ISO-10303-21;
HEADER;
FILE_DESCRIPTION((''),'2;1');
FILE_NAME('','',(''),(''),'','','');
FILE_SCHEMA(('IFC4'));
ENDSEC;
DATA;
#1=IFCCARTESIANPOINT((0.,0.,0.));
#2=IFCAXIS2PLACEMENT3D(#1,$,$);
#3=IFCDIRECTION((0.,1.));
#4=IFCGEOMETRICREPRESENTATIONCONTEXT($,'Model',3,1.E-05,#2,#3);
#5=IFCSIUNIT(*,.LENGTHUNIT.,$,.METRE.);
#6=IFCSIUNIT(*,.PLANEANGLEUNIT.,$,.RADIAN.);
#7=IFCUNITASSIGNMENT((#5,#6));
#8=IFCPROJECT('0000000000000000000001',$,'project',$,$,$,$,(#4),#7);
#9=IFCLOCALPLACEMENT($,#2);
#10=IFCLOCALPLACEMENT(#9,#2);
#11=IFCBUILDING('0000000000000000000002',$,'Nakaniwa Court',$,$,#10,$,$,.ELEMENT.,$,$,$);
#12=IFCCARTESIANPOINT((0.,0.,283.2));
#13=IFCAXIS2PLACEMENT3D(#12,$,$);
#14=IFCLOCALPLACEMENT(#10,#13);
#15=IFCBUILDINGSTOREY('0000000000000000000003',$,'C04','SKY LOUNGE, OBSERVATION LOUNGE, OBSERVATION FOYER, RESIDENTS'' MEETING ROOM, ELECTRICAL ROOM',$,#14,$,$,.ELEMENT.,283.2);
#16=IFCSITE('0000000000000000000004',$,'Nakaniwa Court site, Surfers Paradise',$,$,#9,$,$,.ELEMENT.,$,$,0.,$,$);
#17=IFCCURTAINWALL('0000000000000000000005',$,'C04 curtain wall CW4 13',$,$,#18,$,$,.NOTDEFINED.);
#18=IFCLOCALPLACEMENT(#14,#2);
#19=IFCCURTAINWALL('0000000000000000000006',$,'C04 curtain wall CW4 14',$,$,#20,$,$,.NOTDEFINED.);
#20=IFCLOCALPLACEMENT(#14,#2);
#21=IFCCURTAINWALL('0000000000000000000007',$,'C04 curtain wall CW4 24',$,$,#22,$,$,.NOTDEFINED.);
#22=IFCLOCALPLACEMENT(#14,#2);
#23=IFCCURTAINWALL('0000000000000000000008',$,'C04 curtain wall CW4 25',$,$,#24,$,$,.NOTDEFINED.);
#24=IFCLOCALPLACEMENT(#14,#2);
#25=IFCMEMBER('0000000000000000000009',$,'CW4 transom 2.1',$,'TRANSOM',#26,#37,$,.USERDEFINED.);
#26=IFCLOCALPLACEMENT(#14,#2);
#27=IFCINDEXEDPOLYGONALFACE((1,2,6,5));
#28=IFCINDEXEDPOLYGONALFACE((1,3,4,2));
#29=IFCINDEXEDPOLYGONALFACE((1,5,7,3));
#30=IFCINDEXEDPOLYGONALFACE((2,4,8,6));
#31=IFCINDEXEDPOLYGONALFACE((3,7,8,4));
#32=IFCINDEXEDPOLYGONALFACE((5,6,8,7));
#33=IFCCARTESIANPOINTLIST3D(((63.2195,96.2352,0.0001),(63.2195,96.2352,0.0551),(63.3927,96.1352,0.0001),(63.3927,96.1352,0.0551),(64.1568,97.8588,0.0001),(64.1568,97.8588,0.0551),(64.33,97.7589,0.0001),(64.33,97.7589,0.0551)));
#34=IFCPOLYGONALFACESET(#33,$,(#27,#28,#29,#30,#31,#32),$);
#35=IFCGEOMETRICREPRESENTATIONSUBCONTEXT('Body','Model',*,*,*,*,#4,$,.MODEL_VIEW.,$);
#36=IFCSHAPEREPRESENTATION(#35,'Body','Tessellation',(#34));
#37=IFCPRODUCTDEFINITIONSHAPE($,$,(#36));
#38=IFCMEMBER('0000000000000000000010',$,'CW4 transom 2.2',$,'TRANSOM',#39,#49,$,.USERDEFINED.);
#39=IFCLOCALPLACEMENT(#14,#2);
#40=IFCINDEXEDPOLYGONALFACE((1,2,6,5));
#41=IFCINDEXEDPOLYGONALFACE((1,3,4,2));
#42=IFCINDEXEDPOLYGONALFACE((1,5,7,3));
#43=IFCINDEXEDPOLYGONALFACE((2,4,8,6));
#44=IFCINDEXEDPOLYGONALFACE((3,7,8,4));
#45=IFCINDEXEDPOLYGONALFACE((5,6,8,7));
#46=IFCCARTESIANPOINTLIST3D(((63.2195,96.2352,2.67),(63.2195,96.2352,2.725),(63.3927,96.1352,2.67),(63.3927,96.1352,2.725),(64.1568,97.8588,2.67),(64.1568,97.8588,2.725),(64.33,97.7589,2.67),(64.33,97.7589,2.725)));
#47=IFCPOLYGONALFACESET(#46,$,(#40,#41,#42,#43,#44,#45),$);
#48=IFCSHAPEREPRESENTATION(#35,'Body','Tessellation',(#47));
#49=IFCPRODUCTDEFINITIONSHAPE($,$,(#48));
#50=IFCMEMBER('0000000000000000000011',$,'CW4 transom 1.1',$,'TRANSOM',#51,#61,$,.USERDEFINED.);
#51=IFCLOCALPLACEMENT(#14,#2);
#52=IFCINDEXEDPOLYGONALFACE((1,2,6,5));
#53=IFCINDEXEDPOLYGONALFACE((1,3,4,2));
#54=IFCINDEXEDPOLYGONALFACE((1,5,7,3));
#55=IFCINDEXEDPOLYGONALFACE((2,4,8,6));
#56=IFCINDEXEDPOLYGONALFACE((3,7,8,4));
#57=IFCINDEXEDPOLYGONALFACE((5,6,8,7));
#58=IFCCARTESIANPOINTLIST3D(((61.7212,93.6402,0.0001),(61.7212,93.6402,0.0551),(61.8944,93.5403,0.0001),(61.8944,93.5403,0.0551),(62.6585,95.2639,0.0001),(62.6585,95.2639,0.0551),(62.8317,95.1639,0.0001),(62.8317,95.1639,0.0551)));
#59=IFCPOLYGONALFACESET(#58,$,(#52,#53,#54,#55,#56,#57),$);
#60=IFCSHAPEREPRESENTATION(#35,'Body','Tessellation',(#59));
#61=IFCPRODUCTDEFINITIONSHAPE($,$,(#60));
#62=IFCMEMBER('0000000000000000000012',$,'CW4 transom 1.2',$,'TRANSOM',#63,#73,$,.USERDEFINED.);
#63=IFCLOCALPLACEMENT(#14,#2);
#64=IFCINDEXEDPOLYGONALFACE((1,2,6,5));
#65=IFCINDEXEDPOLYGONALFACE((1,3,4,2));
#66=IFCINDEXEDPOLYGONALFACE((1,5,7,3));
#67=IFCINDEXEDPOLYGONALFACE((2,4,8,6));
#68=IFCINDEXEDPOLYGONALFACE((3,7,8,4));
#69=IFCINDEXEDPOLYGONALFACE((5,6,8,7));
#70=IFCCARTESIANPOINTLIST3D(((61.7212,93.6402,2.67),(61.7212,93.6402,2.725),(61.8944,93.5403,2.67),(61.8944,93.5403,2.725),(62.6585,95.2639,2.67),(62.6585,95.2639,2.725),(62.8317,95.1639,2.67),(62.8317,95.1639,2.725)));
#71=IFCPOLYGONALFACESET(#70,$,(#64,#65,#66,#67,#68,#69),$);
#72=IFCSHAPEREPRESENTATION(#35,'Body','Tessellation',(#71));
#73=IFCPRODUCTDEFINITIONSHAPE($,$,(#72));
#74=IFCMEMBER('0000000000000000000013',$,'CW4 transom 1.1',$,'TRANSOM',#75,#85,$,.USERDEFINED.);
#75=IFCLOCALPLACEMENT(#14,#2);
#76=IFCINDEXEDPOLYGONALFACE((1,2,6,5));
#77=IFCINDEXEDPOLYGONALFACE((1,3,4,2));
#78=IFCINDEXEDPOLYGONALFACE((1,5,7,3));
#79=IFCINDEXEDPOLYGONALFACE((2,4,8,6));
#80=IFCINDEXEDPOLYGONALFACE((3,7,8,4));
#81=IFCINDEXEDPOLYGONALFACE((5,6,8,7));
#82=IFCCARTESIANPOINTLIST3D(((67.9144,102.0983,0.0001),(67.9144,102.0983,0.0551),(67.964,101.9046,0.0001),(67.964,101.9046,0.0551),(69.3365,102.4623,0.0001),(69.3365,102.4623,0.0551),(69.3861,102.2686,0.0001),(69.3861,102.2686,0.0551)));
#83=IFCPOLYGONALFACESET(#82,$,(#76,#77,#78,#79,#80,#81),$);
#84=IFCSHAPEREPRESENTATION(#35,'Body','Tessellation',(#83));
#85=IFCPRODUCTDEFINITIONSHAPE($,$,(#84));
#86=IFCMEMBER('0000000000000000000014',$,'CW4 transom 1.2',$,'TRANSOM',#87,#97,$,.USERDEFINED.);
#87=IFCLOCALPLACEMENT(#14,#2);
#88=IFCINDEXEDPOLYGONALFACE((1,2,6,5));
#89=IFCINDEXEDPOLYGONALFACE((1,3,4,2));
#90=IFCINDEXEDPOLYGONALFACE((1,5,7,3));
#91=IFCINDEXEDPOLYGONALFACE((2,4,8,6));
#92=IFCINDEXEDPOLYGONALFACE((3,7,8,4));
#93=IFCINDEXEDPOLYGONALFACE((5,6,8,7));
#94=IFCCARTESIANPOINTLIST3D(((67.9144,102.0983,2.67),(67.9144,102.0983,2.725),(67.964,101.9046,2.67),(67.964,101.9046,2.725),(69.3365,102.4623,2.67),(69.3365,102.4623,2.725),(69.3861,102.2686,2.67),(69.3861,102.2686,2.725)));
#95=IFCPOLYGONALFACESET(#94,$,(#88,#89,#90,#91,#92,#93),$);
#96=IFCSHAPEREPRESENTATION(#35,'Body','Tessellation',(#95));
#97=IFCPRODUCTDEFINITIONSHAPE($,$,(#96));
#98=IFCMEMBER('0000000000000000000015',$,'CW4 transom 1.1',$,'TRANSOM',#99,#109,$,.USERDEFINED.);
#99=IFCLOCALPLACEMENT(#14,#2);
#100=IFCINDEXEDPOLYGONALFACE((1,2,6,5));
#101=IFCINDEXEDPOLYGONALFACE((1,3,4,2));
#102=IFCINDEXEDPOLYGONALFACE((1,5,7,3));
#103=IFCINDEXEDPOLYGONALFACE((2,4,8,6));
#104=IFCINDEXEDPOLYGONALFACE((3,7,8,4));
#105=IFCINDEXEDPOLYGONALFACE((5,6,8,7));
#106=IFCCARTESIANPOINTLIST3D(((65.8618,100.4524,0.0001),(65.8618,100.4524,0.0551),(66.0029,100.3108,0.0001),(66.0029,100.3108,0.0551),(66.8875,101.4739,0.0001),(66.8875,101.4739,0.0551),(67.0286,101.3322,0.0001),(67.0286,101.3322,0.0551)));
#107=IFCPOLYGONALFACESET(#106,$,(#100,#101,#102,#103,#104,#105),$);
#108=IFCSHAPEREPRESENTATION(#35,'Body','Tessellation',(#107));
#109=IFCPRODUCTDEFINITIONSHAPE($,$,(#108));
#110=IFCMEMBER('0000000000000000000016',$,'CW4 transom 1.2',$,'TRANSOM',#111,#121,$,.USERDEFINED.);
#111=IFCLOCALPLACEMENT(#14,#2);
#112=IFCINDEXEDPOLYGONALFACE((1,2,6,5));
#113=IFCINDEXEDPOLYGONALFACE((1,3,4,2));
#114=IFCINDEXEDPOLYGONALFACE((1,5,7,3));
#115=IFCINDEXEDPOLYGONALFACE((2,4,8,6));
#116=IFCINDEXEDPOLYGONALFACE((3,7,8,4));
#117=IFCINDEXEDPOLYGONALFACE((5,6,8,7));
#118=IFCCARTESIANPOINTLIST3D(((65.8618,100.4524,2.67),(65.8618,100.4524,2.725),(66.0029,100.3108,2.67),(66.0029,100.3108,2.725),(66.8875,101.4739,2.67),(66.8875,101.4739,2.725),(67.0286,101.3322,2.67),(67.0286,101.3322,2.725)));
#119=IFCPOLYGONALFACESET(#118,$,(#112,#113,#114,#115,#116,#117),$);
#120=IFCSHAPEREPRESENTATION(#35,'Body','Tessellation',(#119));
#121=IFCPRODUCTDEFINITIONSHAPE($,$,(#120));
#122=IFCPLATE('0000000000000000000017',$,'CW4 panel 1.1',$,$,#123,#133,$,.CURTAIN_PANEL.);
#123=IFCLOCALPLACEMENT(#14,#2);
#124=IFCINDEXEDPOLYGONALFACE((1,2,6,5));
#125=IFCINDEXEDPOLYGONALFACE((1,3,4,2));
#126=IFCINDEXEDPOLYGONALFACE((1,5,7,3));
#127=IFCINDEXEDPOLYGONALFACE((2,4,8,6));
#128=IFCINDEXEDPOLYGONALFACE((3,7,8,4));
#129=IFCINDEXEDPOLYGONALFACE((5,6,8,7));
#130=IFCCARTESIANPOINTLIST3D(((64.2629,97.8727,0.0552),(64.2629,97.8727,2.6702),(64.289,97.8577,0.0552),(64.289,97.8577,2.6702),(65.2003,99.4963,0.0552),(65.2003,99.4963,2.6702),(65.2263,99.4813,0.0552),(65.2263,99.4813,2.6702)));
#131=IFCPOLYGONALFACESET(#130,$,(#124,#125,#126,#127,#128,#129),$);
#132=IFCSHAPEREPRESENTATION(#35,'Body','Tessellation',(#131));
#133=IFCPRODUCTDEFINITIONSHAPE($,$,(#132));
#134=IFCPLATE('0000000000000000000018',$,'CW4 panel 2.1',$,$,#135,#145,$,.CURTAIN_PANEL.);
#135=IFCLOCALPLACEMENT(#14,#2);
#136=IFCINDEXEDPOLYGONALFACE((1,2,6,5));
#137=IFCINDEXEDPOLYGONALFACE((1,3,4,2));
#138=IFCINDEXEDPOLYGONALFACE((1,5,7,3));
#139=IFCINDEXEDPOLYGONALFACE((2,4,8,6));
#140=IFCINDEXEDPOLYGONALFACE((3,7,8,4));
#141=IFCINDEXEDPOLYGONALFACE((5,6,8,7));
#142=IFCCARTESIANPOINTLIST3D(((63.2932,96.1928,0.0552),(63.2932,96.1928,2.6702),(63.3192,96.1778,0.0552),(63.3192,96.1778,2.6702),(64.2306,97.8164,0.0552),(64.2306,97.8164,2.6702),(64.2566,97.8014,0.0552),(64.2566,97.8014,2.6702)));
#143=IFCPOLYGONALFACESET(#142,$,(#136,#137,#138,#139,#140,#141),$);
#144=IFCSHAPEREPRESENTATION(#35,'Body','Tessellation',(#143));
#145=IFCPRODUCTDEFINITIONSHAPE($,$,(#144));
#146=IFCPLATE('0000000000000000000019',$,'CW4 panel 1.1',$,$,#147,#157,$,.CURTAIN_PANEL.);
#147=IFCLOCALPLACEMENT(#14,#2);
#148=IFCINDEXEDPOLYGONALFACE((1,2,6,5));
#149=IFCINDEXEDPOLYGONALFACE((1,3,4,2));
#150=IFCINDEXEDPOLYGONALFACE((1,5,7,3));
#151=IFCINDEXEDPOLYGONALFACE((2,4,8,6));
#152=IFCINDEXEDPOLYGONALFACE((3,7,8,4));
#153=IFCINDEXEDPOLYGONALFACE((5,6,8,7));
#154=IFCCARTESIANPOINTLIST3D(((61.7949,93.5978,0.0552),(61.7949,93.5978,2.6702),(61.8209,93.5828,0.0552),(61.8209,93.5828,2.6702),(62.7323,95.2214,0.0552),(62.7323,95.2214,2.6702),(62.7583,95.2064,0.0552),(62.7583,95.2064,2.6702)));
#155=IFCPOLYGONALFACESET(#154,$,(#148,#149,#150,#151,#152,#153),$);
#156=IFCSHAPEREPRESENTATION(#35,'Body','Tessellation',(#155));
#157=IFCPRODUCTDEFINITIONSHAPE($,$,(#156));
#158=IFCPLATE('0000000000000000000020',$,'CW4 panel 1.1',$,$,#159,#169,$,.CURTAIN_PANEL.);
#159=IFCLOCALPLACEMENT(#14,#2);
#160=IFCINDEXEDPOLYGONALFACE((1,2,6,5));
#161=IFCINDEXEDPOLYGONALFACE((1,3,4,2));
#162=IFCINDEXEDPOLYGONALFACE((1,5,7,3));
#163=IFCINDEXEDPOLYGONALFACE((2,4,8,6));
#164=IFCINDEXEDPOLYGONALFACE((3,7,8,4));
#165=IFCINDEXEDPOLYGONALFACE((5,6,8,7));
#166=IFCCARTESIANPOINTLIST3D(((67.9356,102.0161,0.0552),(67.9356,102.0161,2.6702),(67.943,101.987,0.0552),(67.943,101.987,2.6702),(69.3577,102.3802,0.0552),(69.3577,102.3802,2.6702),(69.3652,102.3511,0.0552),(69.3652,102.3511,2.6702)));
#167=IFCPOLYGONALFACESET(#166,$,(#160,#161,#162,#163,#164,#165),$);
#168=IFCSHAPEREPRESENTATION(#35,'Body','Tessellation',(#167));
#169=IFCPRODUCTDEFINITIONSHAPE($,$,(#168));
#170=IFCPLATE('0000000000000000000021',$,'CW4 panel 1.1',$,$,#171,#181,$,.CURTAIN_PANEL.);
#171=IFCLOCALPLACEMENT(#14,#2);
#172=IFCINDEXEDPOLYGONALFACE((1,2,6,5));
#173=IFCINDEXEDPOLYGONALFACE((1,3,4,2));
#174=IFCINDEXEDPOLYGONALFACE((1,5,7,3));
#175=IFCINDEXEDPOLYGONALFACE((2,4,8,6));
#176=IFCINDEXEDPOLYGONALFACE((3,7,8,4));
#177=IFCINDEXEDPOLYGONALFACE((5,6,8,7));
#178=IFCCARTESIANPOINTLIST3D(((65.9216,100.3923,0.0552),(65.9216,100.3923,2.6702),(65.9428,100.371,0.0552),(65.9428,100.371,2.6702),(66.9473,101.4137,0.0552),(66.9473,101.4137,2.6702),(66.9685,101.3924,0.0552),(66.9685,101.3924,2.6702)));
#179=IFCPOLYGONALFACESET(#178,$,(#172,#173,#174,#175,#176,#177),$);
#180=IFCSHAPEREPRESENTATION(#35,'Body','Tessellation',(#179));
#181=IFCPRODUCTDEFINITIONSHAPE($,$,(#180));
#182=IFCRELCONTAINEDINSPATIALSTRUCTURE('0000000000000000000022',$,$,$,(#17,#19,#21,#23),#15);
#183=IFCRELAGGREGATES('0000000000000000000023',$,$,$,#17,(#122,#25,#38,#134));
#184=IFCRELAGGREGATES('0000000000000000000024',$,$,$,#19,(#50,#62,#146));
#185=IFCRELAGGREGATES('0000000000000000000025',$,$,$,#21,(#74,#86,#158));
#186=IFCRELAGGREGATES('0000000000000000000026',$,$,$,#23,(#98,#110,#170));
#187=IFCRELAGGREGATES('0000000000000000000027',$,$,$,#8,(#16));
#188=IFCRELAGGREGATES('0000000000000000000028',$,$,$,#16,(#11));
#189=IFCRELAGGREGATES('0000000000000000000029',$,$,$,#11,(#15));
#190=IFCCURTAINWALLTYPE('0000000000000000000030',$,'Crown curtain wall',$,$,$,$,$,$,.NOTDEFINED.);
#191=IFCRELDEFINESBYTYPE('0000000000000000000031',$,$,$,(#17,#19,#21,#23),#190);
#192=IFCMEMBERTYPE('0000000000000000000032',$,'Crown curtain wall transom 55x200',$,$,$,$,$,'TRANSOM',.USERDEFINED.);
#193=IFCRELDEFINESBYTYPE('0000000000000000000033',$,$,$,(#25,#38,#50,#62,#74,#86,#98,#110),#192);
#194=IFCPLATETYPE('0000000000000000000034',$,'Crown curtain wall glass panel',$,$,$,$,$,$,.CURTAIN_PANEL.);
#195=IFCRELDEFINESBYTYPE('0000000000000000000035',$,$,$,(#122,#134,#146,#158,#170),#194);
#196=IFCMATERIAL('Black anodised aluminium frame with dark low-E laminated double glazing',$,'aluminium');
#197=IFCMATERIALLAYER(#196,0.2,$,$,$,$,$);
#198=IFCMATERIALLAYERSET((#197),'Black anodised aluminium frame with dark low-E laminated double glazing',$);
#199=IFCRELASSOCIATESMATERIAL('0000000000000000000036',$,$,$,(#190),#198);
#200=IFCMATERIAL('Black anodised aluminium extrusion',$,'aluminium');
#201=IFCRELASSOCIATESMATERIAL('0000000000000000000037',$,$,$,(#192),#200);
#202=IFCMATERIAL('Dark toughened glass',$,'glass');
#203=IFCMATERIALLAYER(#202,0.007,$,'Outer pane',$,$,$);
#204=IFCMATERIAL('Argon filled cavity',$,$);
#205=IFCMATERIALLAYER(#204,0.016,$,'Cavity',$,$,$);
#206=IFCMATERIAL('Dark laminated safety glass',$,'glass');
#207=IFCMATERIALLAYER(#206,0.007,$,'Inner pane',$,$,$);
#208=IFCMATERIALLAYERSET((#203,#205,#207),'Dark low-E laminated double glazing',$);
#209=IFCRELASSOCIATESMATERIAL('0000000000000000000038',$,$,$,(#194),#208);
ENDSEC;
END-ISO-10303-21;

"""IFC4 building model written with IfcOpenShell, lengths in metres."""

from ifc_helpers import new_model, si_unit, direction, frame, origin, origin_2d, place, context, subcontext, project, spatial, rectangle, extrude, material, layer, layer_set, material_profile, profile_set, type_object, element, aggregate, save


model = new_model("IFC4")

# Units and contexts
model_context = context("Model", 3, precision=1e-05, world=origin(), true_north=direction((0.0, 1.0)))
body_context = subcontext(model_context, "Body", "Model", "MODEL_VIEW")
ifc_project = project(units=[si_unit("LENGTHUNIT", "METRE"), si_unit("PLANEANGLEUNIT", "RADIAN")], contexts=[model_context])

# Site, building, storey
site_placement = place(None, origin())
site = spatial("IfcSite", under=ifc_project, at=site_placement, Name="Nakaniwa Court site, Surfers Paradise", CompositionType="ELEMENT", RefElevation=0.0)
building_placement = place(site_placement, origin())
building = spatial("IfcBuilding", under=site, at=building_placement, Name="Nakaniwa Court", CompositionType="ELEMENT")
storey_placement = place(building_placement, frame((0.0, 0.0, 283.2)))
storey = spatial("IfcBuildingStorey", under=building, at=storey_placement, Name="C04", Description="SKY LOUNGE, OBSERVATION LOUNGE, OBSERVATION FOYER, RESIDENTS' MEETING ROOM, ELECTRICAL ROOM", CompositionType="ELEMENT", Elevation=283.2)

# Curtain wall
ifc_material_1 = material(Name="Black anodised aluminium frame with dark low-E laminated double glazing", Category="aluminium")
ifc_layer_1 = layer(ifc_material_1, 0.2)
ifc_layer_set_1 = layer_set([ifc_layer_1], Name="Black anodised aluminium frame with dark low-E laminated double glazing")
curtain_wall_type = type_object("IfcCurtainWallType", Name="Crown curtain wall", PredefinedType="NOTDEFINED", material=ifc_layer_set_1)
curtain_wall_1_placement = place(storey_placement, origin())
curtain_wall_1 = element("IfcCurtainWall", 1, at=curtain_wall_1_placement, inside=storey, type_object=curtain_wall_type, Name="C04 curtain wall CW4 13", PredefinedType="NOTDEFINED")
ifc_material_2 = material(Name="Black anodised aluminium extrusion", Category="aluminium")

# Curtain walls
curtain_wall_2_placement = place(storey_placement, origin())
curtain_wall_2 = element("IfcCurtainWall", 2, at=curtain_wall_2_placement, inside=storey, type_object=curtain_wall_type, Name="C04 curtain wall CW4 14", PredefinedType="NOTDEFINED")
curtain_wall_3_placement = place(storey_placement, origin())
curtain_wall_3 = element("IfcCurtainWall", 3, at=curtain_wall_3_placement, inside=storey, type_object=curtain_wall_type, Name="C04 curtain wall CW4 24", PredefinedType="NOTDEFINED")

# Curtain wall
curtain_wall_4_placement = place(storey_placement, origin())
curtain_wall_4 = element("IfcCurtainWall", 4, at=curtain_wall_4_placement, inside=storey, type_object=curtain_wall_type, Name="C04 curtain wall CW4 25", PredefinedType="NOTDEFINED")

# Members
ifc_material_profile_1 = material_profile(ifc_material_2, rectangle(XDim=0.2, YDim=0.0549, at=origin_2d()), Name="Crown curtain wall transom 55x200")
ifc_profile_set_1 = profile_set([ifc_material_profile_1], Name="Black anodised aluminium extrusion")
member_type_1 = type_object("IfcMemberType", Name="Crown curtain wall transom 55x200", ElementType="TRANSOM", PredefinedType="USERDEFINED", material=ifc_profile_set_1)
member_1_placement = place(storey_placement, frame((64.2434, 97.8088, 0.0276), z_axis=(-0.499963, -0.866047, 0.0), x_axis=(0.866047, -0.499963, 0.0)))
member_1 = element("IfcMember", 5, at=member_1_placement, type_object=member_type_1, Name="CW4 transom 2.1", ObjectType="TRANSOM", PredefinedType="USERDEFINED", context=body_context, shape_type="SweptSolid", body=[
    extrude(rectangle(XDim=0.2, YDim=0.0549, at=origin_2d()), origin(), (0.0, 0.0, 1.0), 1.8748),
])
member_2_placement = place(storey_placement, frame((64.2434, 97.8088, 2.6975), z_axis=(-0.499963, -0.866047, 0.0), x_axis=(0.866047, -0.499963, 0.0)))
member_2 = element("IfcMember", 6, at=member_2_placement, type_object=member_type_1, Name="CW4 transom 2.2", ObjectType="TRANSOM", PredefinedType="USERDEFINED", context=body_context, shape_type="SweptSolid", body=[
    extrude(rectangle(XDim=0.2, YDim=0.0549, at=origin_2d()), origin(), (0.0, 0.0, 1.0), 1.8748),
])
member_3_placement = place(storey_placement, frame((62.7451, 95.2139, 0.0276), z_axis=(-0.499963, -0.866047, 0.0), x_axis=(0.866047, -0.499963, 0.0)))
member_3 = element("IfcMember", 7, at=member_3_placement, type_object=member_type_1, Name="CW4 transom 1.1", ObjectType="TRANSOM", PredefinedType="USERDEFINED", context=body_context, shape_type="SweptSolid", body=[
    extrude(rectangle(XDim=0.2, YDim=0.0549, at=origin_2d()), origin(), (0.0, 0.0, 1.0), 1.8748),
])
member_4_placement = place(storey_placement, frame((62.7451, 95.2139, 2.6975), z_axis=(-0.499963, -0.866047, 0.0), x_axis=(0.866047, -0.499963, 0.0)))
member_4 = element("IfcMember", 8, at=member_4_placement, type_object=member_type_1, Name="CW4 transom 1.2", ObjectType="TRANSOM", PredefinedType="USERDEFINED", context=body_context, shape_type="SweptSolid", body=[
    extrude(rectangle(XDim=0.2, YDim=0.0549, at=origin_2d()), origin(), (0.0, 0.0, 1.0), 1.8748),
])
member_5_placement = place(storey_placement, frame((69.3613, 102.3655, 0.0276), z_axis=(-0.968767, -0.247971, 0.0), x_axis=(0.247971, -0.968767, 0.0)))
member_5 = element("IfcMember", 9, at=member_5_placement, type_object=member_type_1, Name="CW4 transom 1.1", ObjectType="TRANSOM", PredefinedType="USERDEFINED", context=body_context, shape_type="SweptSolid", body=[
    extrude(rectangle(XDim=0.2, YDim=0.0549, at=origin_2d()), origin(), (0.0, 0.0, 1.0), 1.468),
])
member_6_placement = place(storey_placement, frame((69.3613, 102.3655, 2.6975), z_axis=(-0.968767, -0.247971, 0.0), x_axis=(0.247971, -0.968767, 0.0)))
member_6 = element("IfcMember", 10, at=member_6_placement, type_object=member_type_1, Name="CW4 transom 1.2", ObjectType="TRANSOM", PredefinedType="USERDEFINED", context=body_context, shape_type="SweptSolid", body=[
    extrude(rectangle(XDim=0.2, YDim=0.0549, at=origin_2d()), origin(), (0.0, 0.0, 1.0), 1.468),
])
member_7_placement = place(storey_placement, frame((66.958, 101.4031, 0.0276), z_axis=(-0.708539, -0.705672, 0.0), x_axis=(0.705672, -0.708539, 0.0)))
member_7 = element("IfcMember", 11, at=member_7_placement, type_object=member_type_1, Name="CW4 transom 1.1", ObjectType="TRANSOM", PredefinedType="USERDEFINED", context=body_context, shape_type="SweptSolid", body=[
    extrude(rectangle(XDim=0.2, YDim=0.0549, at=origin_2d()), origin(), (0.0, 0.0, 1.0), 1.4475),
])
member_8_placement = place(storey_placement, frame((66.958, 101.4031, 2.6975), z_axis=(-0.708539, -0.705672, 0.0), x_axis=(0.705672, -0.708539, 0.0)))
member_8 = element("IfcMember", 12, at=member_8_placement, type_object=member_type_1, Name="CW4 transom 1.2", ObjectType="TRANSOM", PredefinedType="USERDEFINED", context=body_context, shape_type="SweptSolid", body=[
    extrude(rectangle(XDim=0.2, YDim=0.0549, at=origin_2d()), origin(), (0.0, 0.0, 1.0), 1.4475),
])

# Plates
ifc_material_3 = material(Name="Dark toughened glass", Category="glass")
ifc_layer_2 = layer(ifc_material_3, 0.007, Name="Outer pane")
ifc_material_4 = material(Name="Argon filled cavity")
ifc_layer_3 = layer(ifc_material_4, 0.016, Name="Cavity")
ifc_material_5 = material(Name="Dark laminated safety glass", Category="glass")
ifc_layer_4 = layer(ifc_material_5, 0.007, Name="Inner pane")
ifc_layer_set_2 = layer_set([ifc_layer_2, ifc_layer_3, ifc_layer_4], Name="Dark low-E laminated double glazing")
plate_type = type_object("IfcPlateType", Name="Crown curtain wall glass panel", PredefinedType="CURTAIN_PANEL", material=ifc_layer_set_2)
plate_1_placement = place(storey_placement, frame((64.7446, 98.677, 0.0552), z_axis=(0.0, 0.0, 1.0), x_axis=(-0.499987, -0.866033, 0.0)))
plate_1 = element("IfcPlate", 13, at=plate_1_placement, type_object=plate_type, Name="CW4 panel 1.1", PredefinedType="CURTAIN_PANEL", context=body_context, shape_type="SweptSolid", body=[
    extrude(rectangle(XDim=1.8748, YDim=0.03, at=origin_2d()), origin(), (0.0, 0.0, 1.0), 2.615),
])
plate_2_placement = place(storey_placement, frame((63.7749, 96.9971, 0.0552), z_axis=(0.0, 0.0, 1.0), x_axis=(-0.499987, -0.866033, 0.0)))
plate_2 = element("IfcPlate", 14, at=plate_2_placement, type_object=plate_type, Name="CW4 panel 2.1", PredefinedType="CURTAIN_PANEL", context=body_context, shape_type="SweptSolid", body=[
    extrude(rectangle(XDim=1.8748, YDim=0.03, at=origin_2d()), origin(), (0.0, 0.0, 1.0), 2.615),
])
aggregate(curtain_wall_1, [plate_1, member_1, member_2, plate_2])
plate_3_placement = place(storey_placement, frame((62.2766, 94.4021, 0.0552), z_axis=(0.0, 0.0, 1.0), x_axis=(-0.499987, -0.866033, 0.0)))
plate_3 = element("IfcPlate", 15, at=plate_3_placement, type_object=plate_type, Name="CW4 panel 1.1", PredefinedType="CURTAIN_PANEL", context=body_context, shape_type="SweptSolid", body=[
    extrude(rectangle(XDim=1.8748, YDim=0.03, at=origin_2d()), origin(), (0.0, 0.0, 1.0), 2.615),
])
aggregate(curtain_wall_2, [member_3, member_4, plate_3])
plate_4_placement = place(storey_placement, frame((68.6504, 102.1836, 0.0552), z_axis=(0.0, 0.0, 1.0), x_axis=(-0.968746, -0.248053, 0.0)))
plate_4 = element("IfcPlate", 16, at=plate_4_placement, type_object=plate_type, Name="CW4 panel 1.1", PredefinedType="CURTAIN_PANEL", context=body_context, shape_type="SweptSolid", body=[
    extrude(rectangle(XDim=1.468, YDim=0.03, at=origin_2d()), origin(), (0.0, 0.0, 1.0), 2.615),
])
aggregate(curtain_wall_3, [member_5, member_6, plate_4])
plate_5_placement = place(storey_placement, frame((66.4451, 100.8923, 0.0552), z_axis=(0.0, 0.0, 1.0), x_axis=(-0.708563, -0.705647, 0.0)))
plate_5 = element("IfcPlate", 17, at=plate_5_placement, type_object=plate_type, Name="CW4 panel 1.1", PredefinedType="CURTAIN_PANEL", context=body_context, shape_type="SweptSolid", body=[
    extrude(rectangle(XDim=1.4475, YDim=0.03, at=origin_2d()), origin(), (0.0, 0.0, 1.0), 2.615),
])
aggregate(curtain_wall_4, [member_7, member_8, plate_5])

save(model, "model.ifc")
